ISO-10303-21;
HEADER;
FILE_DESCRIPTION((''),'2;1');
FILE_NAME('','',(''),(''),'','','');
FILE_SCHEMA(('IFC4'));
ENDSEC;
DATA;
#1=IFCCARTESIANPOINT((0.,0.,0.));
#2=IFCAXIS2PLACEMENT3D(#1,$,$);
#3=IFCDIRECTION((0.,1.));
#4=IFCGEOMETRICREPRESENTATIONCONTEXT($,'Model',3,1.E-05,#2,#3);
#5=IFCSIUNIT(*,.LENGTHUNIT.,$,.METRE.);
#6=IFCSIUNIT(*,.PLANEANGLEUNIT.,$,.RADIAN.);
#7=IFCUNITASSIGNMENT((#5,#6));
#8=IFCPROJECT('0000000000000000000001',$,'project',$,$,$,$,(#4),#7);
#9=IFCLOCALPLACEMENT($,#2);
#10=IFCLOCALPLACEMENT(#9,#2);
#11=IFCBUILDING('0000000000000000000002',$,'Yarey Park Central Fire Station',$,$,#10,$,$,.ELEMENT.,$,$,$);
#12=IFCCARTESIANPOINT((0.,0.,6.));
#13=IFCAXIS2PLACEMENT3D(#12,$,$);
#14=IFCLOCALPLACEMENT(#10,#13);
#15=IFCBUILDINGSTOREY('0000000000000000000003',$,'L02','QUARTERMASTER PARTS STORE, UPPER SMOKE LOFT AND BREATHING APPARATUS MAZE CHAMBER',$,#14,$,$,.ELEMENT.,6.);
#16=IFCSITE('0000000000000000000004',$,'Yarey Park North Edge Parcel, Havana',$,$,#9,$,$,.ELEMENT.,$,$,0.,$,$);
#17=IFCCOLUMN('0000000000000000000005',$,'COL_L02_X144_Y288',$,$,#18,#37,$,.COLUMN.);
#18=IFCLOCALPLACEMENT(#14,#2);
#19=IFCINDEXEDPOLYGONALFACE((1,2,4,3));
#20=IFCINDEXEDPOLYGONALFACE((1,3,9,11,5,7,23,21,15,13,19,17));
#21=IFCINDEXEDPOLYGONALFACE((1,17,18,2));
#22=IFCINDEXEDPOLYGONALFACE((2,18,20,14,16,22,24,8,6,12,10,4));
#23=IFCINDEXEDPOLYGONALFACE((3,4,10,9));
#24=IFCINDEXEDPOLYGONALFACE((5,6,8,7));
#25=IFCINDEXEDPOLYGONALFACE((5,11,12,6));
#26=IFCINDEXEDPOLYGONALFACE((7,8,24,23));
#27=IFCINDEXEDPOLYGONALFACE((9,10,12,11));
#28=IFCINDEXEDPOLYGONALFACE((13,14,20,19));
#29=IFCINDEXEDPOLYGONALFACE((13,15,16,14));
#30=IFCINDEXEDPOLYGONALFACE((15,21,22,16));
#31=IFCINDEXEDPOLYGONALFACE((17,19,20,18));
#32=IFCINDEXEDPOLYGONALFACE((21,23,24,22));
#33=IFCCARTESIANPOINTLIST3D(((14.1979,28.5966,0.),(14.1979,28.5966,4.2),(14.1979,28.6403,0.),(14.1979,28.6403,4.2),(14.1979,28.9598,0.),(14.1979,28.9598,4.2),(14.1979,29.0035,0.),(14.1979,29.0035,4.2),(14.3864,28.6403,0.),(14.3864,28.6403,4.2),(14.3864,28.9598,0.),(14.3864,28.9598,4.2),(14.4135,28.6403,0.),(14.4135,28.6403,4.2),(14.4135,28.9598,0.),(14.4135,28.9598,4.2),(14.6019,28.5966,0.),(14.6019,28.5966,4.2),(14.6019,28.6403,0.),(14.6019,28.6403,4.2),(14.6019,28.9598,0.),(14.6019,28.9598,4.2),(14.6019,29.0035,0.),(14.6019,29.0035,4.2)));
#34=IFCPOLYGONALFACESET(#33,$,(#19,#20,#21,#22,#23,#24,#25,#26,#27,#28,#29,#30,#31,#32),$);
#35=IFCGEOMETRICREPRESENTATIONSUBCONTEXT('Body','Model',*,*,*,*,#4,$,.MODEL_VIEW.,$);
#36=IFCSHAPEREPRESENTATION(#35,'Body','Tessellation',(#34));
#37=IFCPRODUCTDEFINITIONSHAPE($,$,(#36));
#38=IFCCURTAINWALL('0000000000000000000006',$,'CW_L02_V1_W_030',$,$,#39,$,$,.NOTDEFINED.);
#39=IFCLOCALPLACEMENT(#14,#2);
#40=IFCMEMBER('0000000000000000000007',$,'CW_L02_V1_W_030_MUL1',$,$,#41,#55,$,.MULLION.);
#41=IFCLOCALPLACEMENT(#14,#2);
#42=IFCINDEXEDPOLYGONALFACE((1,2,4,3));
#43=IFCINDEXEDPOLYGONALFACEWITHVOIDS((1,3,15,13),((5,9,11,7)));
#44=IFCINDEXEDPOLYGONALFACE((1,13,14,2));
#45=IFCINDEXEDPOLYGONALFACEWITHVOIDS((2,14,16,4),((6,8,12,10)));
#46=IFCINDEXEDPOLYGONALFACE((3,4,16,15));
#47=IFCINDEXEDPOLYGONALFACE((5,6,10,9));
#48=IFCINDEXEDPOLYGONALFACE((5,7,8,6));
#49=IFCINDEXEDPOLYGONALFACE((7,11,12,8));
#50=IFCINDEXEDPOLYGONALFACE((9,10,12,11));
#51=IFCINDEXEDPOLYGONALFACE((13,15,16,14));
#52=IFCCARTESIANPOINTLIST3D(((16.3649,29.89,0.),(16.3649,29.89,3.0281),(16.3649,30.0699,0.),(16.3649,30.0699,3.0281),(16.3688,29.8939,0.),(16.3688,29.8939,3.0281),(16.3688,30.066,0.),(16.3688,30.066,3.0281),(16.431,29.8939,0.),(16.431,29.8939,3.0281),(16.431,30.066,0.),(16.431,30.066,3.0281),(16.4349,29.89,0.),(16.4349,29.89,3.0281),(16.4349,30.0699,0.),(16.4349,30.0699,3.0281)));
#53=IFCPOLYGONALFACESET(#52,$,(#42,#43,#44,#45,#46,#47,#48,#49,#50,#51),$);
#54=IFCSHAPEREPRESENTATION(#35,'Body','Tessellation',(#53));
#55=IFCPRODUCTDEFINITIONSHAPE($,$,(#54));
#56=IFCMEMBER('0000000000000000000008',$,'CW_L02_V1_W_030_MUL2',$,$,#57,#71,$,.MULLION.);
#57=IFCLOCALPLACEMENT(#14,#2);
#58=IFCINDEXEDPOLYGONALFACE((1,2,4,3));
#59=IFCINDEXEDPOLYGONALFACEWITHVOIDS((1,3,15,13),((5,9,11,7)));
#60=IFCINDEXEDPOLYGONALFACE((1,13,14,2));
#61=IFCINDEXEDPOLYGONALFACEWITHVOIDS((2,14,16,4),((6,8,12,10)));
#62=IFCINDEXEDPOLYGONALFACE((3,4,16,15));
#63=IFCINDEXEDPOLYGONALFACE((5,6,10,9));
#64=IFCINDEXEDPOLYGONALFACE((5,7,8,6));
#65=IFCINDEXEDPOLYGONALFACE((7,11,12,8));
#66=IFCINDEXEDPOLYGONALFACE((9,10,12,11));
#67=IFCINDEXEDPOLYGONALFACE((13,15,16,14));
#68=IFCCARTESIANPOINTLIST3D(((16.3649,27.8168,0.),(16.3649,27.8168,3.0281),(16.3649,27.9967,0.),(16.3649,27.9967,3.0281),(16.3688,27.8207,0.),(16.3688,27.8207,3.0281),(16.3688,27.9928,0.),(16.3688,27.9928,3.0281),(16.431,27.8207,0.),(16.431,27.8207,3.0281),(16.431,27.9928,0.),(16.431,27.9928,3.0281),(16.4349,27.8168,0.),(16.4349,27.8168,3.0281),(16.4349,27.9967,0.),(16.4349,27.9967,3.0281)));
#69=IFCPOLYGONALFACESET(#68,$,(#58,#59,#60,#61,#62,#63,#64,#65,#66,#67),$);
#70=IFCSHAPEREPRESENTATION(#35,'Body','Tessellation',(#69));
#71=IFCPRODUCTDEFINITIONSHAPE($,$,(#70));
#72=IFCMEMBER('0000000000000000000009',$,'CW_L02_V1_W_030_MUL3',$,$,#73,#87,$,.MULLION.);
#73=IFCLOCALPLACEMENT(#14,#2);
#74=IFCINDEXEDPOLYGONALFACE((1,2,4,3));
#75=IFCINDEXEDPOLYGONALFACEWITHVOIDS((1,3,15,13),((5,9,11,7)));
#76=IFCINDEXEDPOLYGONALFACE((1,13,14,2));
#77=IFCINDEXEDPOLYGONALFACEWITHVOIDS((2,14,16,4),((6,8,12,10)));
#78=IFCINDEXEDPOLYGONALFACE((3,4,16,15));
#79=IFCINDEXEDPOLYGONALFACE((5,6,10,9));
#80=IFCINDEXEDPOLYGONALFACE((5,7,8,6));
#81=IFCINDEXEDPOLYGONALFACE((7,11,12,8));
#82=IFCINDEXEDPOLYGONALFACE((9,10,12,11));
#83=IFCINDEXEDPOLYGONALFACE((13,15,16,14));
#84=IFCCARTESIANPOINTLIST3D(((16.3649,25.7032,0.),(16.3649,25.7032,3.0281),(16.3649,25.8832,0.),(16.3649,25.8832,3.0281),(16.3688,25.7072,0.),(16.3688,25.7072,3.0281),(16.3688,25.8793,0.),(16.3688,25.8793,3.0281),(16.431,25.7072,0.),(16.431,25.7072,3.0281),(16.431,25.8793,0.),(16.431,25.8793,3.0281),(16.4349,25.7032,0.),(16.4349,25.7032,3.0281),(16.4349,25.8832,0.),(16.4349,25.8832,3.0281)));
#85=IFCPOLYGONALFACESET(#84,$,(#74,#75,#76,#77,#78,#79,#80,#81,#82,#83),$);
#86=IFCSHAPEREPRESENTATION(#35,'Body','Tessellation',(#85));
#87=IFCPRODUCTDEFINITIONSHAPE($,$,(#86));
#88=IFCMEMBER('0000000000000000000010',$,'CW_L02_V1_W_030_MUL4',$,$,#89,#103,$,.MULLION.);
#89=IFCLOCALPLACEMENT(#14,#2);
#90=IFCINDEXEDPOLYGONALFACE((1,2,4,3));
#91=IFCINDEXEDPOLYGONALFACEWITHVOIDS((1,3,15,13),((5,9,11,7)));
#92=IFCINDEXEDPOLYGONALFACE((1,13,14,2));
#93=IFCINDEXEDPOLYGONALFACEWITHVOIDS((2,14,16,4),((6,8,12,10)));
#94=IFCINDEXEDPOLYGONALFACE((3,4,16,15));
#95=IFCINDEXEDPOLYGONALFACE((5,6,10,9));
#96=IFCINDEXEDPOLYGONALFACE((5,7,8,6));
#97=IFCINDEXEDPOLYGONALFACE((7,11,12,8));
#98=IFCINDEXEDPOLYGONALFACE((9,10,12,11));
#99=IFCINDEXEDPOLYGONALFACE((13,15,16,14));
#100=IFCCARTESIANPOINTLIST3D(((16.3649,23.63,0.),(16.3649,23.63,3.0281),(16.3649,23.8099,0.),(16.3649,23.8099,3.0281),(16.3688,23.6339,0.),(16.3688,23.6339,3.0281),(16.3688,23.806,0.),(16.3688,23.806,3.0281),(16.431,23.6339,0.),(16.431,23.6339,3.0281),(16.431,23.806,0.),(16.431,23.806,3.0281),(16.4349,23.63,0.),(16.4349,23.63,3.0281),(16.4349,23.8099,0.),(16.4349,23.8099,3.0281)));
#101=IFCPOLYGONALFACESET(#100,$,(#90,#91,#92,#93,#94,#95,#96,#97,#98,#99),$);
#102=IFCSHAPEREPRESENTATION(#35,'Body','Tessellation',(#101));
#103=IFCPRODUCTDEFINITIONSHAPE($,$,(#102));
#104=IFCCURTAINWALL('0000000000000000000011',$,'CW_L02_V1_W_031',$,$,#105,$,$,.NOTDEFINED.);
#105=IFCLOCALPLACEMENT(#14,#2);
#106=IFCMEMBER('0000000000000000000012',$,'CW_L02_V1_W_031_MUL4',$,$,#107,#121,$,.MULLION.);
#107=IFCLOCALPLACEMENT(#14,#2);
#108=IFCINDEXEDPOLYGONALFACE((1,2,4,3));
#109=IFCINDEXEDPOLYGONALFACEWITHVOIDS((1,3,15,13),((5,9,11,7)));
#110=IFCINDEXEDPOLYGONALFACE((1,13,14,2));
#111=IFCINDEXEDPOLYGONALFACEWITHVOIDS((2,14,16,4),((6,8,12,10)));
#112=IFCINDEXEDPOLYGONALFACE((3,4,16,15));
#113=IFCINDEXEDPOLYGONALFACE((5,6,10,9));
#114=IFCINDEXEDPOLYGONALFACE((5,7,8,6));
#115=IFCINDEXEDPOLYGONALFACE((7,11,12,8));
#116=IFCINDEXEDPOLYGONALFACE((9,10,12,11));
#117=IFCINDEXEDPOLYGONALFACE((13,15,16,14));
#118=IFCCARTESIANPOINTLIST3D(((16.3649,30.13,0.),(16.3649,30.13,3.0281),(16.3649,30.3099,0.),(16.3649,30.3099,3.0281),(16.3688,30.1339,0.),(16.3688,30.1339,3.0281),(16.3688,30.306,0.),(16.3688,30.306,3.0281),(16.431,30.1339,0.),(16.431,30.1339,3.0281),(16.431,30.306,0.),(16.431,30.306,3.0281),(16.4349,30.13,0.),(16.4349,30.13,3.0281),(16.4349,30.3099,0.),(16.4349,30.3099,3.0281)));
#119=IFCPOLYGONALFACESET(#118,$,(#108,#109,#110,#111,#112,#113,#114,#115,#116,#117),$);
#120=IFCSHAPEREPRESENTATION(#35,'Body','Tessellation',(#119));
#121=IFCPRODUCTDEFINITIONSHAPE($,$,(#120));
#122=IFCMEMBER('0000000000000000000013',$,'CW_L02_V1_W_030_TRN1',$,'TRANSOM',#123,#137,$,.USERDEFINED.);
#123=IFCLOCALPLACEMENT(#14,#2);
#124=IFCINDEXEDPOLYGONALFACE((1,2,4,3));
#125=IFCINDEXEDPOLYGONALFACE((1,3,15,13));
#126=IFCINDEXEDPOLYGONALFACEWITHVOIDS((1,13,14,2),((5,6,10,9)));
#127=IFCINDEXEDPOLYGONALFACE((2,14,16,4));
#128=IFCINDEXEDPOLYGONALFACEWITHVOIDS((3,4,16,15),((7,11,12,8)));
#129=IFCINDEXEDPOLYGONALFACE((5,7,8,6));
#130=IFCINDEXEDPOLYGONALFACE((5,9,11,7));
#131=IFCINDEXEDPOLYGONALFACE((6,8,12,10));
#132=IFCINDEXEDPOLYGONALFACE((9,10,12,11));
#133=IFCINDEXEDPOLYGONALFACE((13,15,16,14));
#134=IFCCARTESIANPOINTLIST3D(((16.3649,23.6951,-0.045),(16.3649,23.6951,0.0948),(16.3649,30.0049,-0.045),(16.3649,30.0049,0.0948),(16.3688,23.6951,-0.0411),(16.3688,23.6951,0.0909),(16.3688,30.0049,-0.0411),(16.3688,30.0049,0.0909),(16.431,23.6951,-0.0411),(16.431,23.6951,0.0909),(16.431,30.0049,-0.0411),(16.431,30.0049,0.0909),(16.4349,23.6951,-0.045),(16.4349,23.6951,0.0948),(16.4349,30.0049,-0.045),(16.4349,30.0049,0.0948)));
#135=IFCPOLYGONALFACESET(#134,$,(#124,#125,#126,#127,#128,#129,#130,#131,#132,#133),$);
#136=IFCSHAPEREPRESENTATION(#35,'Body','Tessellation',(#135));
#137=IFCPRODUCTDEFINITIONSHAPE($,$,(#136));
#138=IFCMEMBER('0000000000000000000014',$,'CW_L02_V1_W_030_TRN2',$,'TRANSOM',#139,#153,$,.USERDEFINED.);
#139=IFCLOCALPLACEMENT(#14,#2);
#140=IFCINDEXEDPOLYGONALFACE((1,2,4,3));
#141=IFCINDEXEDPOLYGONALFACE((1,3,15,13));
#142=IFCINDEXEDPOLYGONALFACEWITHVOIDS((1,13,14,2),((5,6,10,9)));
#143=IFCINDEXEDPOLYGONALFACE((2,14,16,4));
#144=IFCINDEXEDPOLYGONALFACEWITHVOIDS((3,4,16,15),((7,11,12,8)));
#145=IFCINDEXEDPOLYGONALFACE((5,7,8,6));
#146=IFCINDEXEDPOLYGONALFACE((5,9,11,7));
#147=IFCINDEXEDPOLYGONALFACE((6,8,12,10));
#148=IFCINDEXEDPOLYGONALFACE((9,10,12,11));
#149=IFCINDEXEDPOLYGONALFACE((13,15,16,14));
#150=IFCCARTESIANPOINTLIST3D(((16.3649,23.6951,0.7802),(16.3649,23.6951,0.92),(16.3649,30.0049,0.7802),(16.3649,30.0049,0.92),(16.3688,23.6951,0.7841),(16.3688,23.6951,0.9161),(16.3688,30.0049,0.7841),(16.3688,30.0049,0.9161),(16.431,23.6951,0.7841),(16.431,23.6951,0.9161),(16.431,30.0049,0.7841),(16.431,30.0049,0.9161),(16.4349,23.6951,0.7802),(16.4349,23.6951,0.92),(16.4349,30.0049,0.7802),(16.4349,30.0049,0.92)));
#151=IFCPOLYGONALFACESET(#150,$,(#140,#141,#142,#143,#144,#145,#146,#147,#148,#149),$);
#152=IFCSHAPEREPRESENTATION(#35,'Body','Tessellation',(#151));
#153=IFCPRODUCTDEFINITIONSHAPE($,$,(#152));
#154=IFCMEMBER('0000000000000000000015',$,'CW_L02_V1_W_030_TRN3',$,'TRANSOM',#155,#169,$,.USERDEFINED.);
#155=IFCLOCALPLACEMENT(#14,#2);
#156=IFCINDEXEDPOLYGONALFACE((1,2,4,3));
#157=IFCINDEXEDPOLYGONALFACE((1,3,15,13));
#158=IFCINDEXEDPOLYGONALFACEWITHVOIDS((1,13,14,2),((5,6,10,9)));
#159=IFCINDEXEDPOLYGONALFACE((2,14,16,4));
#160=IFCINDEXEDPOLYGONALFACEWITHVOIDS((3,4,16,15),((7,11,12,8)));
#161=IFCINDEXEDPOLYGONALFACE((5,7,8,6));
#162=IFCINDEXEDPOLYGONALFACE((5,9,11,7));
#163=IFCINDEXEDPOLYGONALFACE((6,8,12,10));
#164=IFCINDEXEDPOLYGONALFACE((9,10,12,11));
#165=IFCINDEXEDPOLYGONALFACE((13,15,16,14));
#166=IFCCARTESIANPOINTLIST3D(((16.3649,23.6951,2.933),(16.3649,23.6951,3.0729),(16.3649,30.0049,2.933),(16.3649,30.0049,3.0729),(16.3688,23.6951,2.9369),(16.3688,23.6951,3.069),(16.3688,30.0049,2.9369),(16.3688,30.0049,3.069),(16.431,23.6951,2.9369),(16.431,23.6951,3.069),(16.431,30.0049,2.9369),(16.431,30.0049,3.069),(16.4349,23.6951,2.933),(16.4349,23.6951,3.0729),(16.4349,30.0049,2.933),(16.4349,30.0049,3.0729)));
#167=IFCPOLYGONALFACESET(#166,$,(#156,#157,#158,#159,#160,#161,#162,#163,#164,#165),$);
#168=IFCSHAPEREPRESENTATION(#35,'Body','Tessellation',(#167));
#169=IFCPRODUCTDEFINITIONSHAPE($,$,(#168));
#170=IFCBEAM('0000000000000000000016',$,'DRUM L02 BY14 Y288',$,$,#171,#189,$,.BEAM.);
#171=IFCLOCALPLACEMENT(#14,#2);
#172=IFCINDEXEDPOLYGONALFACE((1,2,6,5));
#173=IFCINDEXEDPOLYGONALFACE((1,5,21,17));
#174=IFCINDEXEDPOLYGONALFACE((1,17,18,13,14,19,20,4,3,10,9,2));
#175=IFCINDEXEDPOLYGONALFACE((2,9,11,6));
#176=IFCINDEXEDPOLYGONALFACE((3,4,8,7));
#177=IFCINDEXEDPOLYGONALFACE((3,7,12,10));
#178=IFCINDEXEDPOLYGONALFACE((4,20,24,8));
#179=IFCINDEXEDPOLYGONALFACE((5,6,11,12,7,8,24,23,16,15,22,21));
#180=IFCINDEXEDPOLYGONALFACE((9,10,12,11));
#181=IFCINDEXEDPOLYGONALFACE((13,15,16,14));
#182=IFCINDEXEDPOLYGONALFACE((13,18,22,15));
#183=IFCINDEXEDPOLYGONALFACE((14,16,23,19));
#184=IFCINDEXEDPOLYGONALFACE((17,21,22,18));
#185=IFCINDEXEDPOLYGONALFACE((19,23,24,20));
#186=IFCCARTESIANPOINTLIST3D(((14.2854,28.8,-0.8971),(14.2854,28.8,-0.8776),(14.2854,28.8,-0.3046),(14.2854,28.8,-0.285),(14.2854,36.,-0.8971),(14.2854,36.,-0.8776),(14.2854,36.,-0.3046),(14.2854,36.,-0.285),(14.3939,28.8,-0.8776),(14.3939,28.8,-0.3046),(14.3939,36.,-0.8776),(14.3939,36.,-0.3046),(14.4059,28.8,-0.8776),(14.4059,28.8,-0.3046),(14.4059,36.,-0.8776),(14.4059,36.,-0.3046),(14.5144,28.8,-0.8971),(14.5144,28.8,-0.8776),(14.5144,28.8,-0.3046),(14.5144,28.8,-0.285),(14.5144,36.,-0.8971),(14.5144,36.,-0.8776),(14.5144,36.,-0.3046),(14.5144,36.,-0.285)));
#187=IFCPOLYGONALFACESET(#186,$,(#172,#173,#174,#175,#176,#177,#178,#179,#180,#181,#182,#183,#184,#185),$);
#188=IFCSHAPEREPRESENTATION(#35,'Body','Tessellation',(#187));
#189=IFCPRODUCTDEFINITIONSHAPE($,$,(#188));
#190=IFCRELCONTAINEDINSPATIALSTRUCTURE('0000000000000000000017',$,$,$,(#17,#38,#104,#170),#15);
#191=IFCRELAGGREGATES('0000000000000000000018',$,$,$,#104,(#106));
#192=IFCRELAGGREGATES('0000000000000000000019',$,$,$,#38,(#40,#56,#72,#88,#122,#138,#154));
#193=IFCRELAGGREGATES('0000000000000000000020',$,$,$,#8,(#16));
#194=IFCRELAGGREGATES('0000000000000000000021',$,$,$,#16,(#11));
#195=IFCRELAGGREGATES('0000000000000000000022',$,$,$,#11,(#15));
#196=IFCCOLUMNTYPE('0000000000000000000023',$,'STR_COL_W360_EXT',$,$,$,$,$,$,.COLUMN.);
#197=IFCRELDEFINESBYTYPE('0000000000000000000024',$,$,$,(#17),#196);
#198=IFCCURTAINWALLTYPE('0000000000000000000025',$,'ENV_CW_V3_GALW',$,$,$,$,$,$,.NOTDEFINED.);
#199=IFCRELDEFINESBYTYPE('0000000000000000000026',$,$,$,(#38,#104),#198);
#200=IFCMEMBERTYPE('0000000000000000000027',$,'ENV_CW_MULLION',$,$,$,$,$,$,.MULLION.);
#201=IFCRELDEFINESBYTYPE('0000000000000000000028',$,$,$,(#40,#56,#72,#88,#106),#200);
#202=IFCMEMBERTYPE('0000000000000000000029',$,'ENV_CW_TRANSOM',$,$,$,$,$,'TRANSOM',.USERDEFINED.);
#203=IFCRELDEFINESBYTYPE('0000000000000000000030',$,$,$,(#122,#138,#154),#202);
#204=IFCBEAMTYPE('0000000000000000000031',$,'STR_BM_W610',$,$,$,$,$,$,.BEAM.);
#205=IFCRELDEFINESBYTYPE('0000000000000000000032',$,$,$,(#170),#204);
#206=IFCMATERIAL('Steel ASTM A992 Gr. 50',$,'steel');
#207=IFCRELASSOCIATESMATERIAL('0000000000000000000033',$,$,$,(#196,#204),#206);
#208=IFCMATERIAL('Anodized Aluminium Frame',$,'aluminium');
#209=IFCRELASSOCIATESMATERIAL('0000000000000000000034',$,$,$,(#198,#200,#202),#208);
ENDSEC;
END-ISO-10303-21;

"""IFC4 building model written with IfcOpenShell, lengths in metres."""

from ifc_helpers import new_model, si_unit, direction, frame, origin, origin_2d, place, context, subcontext, project, spatial, hollow_rectangle, i_section, extrude, material, material_profile, profile_set, type_object, element, aggregate, save


model = new_model("IFC4")

# Units and contexts
model_context = context("Model", 3, precision=1e-05, world=origin(), true_north=direction((0.0, 1.0)))
body_context = subcontext(model_context, "Body", "Model", "MODEL_VIEW")
ifc_project = project(units=[si_unit("LENGTHUNIT", "METRE"), si_unit("PLANEANGLEUNIT", "RADIAN")], contexts=[model_context])

# Site, building, storey
site_placement = place(None, origin())
site = spatial("IfcSite", under=ifc_project, at=site_placement, Name="Yarey Park North Edge Parcel, Havana", CompositionType="ELEMENT", RefElevation=0.0)
building_placement = place(site_placement, origin())
building = spatial("IfcBuilding", under=site, at=building_placement, Name="Yarey Park Central Fire Station", CompositionType="ELEMENT")
storey_placement = place(building_placement, frame((0.0, 0.0, 6.0)))
storey = spatial("IfcBuildingStorey", under=building, at=storey_placement, Name="L02", Description="QUARTERMASTER PARTS STORE, UPPER SMOKE LOFT AND BREATHING APPARATUS MAZE CHAMBER", CompositionType="ELEMENT", Elevation=6.0)

# Column
ifc_material_1 = material(Name="Steel ASTM A992 Gr. 50", Category="steel")
ifc_material_profile_1 = material_profile(ifc_material_1, i_section(OverallWidth=0.4041, OverallDepth=0.407, WebThickness=0.0271, FlangeThickness=0.0437, at=origin_2d()), Name="W360x347")
ifc_profile_set_1 = profile_set([ifc_material_profile_1], Name="Steel ASTM A992 Gr. 50")
column_type = type_object("IfcColumnType", Name="STR_COL_W360_EXT", PredefinedType="COLUMN", material=ifc_profile_set_1)
column_placement = place(storey_placement, frame((14.3999, 28.8, 0.0), z_axis=(0.0, 0.0, 1.0), x_axis=(1.0, 0.0, 0.0)))
element("IfcColumn", 1, at=column_placement, inside=storey, type_object=column_type, Name="COL_L02_X144_Y288", PredefinedType="COLUMN", context=body_context, shape_type="SweptSolid", body=[
    extrude(i_section(OverallWidth=0.4041, OverallDepth=0.407, WebThickness=0.0271, FlangeThickness=0.0437, at=origin_2d()), origin(), (0.0, 0.0, 1.0), 4.2),
])

# Curtain wall, members
ifc_material_2 = material(Name="Anodized Aluminium Frame", Category="aluminium")
curtain_wall_type = type_object("IfcCurtainWallType", Name="ENV_CW_V3_GALW", PredefinedType="NOTDEFINED", material=ifc_material_2)
curtain_wall_1_placement = place(storey_placement, origin())
curtain_wall_1 = element("IfcCurtainWall", 2, at=curtain_wall_1_placement, inside=storey, type_object=curtain_wall_type, Name="CW_L02_V1_W_030", PredefinedType="NOTDEFINED")
ifc_material_profile_2 = material_profile(ifc_material_2, hollow_rectangle(XDim=0.0701, YDim=0.1799, WallThickness=0.0039, at=origin_2d()), Name="ALU 180x70x4")
ifc_profile_set_2 = profile_set([ifc_material_profile_2], Name="Anodized Aluminium Frame")
member_type_1 = type_object("IfcMemberType", Name="ENV_CW_MULLION", PredefinedType="MULLION", material=ifc_profile_set_2)
member_1_placement = place(storey_placement, frame((16.3999, 29.98, 0.0), z_axis=(0.0, 0.0, 1.0), x_axis=(1.0, 0.0, 0.0)))
member_1 = element("IfcMember", 3, at=member_1_placement, type_object=member_type_1, Name="CW_L02_V1_W_030_MUL1", PredefinedType="MULLION", context=body_context, shape_type="SweptSolid", body=[
    extrude(hollow_rectangle(XDim=0.0701, YDim=0.1799, WallThickness=0.0039, at=origin_2d()), origin(), (0.0, 0.0, 1.0), 3.0281),
])
member_2_placement = place(storey_placement, frame((16.3999, 27.9067, 0.0), z_axis=(0.0, 0.0, 1.0), x_axis=(1.0, 0.0, 0.0)))
member_2 = element("IfcMember", 4, at=member_2_placement, type_object=member_type_1, Name="CW_L02_V1_W_030_MUL2", PredefinedType="MULLION", context=body_context, shape_type="SweptSolid", body=[
    extrude(hollow_rectangle(XDim=0.0701, YDim=0.1799, WallThickness=0.0039, at=origin_2d()), origin(), (0.0, 0.0, 1.0), 3.0281),
])
member_3_placement = place(storey_placement, frame((16.3999, 25.7932, 0.0), z_axis=(0.0, 0.0, 1.0), x_axis=(1.0, 0.0, 0.0)))
member_3 = element("IfcMember", 5, at=member_3_placement, type_object=member_type_1, Name="CW_L02_V1_W_030_MUL3", PredefinedType="MULLION", context=body_context, shape_type="SweptSolid", body=[
    extrude(hollow_rectangle(XDim=0.0701, YDim=0.1799, WallThickness=0.0039, at=origin_2d()), origin(), (0.0, 0.0, 1.0), 3.0281),
])
member_4_placement = place(storey_placement, frame((16.3999, 23.72, 0.0), z_axis=(0.0, 0.0, 1.0), x_axis=(1.0, 0.0, 0.0)))
member_4 = element("IfcMember", 6, at=member_4_placement, type_object=member_type_1, Name="CW_L02_V1_W_030_MUL4", PredefinedType="MULLION", context=body_context, shape_type="SweptSolid", body=[
    extrude(hollow_rectangle(XDim=0.0701, YDim=0.1799, WallThickness=0.0039, at=origin_2d()), origin(), (0.0, 0.0, 1.0), 3.0281),
])

# Curtain wall, member
curtain_wall_2_placement = place(storey_placement, origin())
curtain_wall_2 = element("IfcCurtainWall", 7, at=curtain_wall_2_placement, inside=storey, type_object=curtain_wall_type, Name="CW_L02_V1_W_031", PredefinedType="NOTDEFINED")
member_5_placement = place(storey_placement, frame((16.3999, 30.22, 0.0), z_axis=(0.0, 0.0, 1.0), x_axis=(1.0, 0.0, 0.0)))
member_5 = element("IfcMember", 8, at=member_5_placement, type_object=member_type_1, Name="CW_L02_V1_W_031_MUL4", PredefinedType="MULLION", context=body_context, shape_type="SweptSolid", body=[
    extrude(hollow_rectangle(XDim=0.0701, YDim=0.1799, WallThickness=0.0039, at=origin_2d()), origin(), (0.0, 0.0, 1.0), 3.0281),
])
aggregate(curtain_wall_2, [member_5])

# Members
ifc_material_profile_3 = material_profile(ifc_material_2, hollow_rectangle(XDim=0.0701, YDim=0.1399, WallThickness=0.0039, at=origin_2d()), Name="ALU 140x70x4")
ifc_profile_set_3 = profile_set([ifc_material_profile_3], Name="Anodized Aluminium Frame")
member_type_2 = type_object("IfcMemberType", Name="ENV_CW_TRANSOM", ElementType="TRANSOM", PredefinedType="USERDEFINED", material=ifc_profile_set_3)
member_6_placement = place(storey_placement, frame((16.3999, 30.0049, 0.0249), z_axis=(0.0, -1.0, 0.0), x_axis=(1.0, 0.0, 0.0)))
member_6 = element("IfcMember", 9, at=member_6_placement, type_object=member_type_2, Name="CW_L02_V1_W_030_TRN1", ObjectType="TRANSOM", PredefinedType="USERDEFINED", context=body_context, shape_type="SweptSolid", body=[
    extrude(hollow_rectangle(XDim=0.0701, YDim=0.1399, WallThickness=0.0039, at=origin_2d()), origin(), (0.0, 0.0, 1.0), 6.3098),
])
member_7_placement = place(storey_placement, frame((16.3999, 30.0049, 0.8501), z_axis=(0.0, -1.0, 0.0), x_axis=(1.0, 0.0, 0.0)))
member_7 = element("IfcMember", 10, at=member_7_placement, type_object=member_type_2, Name="CW_L02_V1_W_030_TRN2", ObjectType="TRANSOM", PredefinedType="USERDEFINED", context=body_context, shape_type="SweptSolid", body=[
    extrude(hollow_rectangle(XDim=0.0701, YDim=0.1399, WallThickness=0.0039, at=origin_2d()), origin(), (0.0, 0.0, 1.0), 6.3098),
])
member_8_placement = place(storey_placement, frame((16.3999, 30.0049, 3.0029), z_axis=(0.0, -1.0, 0.0), x_axis=(1.0, 0.0, 0.0)))
member_8 = element("IfcMember", 11, at=member_8_placement, type_object=member_type_2, Name="CW_L02_V1_W_030_TRN3", ObjectType="TRANSOM", PredefinedType="USERDEFINED", context=body_context, shape_type="SweptSolid", body=[
    extrude(hollow_rectangle(XDim=0.0701, YDim=0.1399, WallThickness=0.0039, at=origin_2d()), origin(), (0.0, 0.0, 1.0), 6.3098),
])

# Beam
ifc_material_profile_4 = material_profile(ifc_material_1, i_section(OverallWidth=0.229, OverallDepth=0.6121, WebThickness=0.012, FlangeThickness=0.0195, at=origin_2d()), Name="W610x125")
ifc_profile_set_4 = profile_set([ifc_material_profile_4], Name="Steel ASTM A992 Gr. 50")
beam_type_1 = type_object("IfcBeamType", Name="STR_BM_W610", PredefinedType="BEAM", material=ifc_profile_set_4)
beam_1_placement = place(storey_placement, frame((14.3999, 28.8, -0.5911), z_axis=(0.0, 1.0, 0.0), x_axis=(-1.0, 0.0, 0.0)))
element("IfcBeam", 12, at=beam_1_placement, inside=storey, type_object=beam_type_1, Name="DRUM L02 BY14 Y288", PredefinedType="BEAM", context=body_context, shape_type="SweptSolid", body=[
    extrude(i_section(OverallWidth=0.229, OverallDepth=0.6121, WebThickness=0.012, FlangeThickness=0.0195, at=origin_2d()), origin(), (0.0, 0.0, 1.0), 7.2),
])

aggregate(curtain_wall_1, [member_1, member_2, member_3, member_4, member_6, member_7, member_8])

save(model, "model.ifc")
